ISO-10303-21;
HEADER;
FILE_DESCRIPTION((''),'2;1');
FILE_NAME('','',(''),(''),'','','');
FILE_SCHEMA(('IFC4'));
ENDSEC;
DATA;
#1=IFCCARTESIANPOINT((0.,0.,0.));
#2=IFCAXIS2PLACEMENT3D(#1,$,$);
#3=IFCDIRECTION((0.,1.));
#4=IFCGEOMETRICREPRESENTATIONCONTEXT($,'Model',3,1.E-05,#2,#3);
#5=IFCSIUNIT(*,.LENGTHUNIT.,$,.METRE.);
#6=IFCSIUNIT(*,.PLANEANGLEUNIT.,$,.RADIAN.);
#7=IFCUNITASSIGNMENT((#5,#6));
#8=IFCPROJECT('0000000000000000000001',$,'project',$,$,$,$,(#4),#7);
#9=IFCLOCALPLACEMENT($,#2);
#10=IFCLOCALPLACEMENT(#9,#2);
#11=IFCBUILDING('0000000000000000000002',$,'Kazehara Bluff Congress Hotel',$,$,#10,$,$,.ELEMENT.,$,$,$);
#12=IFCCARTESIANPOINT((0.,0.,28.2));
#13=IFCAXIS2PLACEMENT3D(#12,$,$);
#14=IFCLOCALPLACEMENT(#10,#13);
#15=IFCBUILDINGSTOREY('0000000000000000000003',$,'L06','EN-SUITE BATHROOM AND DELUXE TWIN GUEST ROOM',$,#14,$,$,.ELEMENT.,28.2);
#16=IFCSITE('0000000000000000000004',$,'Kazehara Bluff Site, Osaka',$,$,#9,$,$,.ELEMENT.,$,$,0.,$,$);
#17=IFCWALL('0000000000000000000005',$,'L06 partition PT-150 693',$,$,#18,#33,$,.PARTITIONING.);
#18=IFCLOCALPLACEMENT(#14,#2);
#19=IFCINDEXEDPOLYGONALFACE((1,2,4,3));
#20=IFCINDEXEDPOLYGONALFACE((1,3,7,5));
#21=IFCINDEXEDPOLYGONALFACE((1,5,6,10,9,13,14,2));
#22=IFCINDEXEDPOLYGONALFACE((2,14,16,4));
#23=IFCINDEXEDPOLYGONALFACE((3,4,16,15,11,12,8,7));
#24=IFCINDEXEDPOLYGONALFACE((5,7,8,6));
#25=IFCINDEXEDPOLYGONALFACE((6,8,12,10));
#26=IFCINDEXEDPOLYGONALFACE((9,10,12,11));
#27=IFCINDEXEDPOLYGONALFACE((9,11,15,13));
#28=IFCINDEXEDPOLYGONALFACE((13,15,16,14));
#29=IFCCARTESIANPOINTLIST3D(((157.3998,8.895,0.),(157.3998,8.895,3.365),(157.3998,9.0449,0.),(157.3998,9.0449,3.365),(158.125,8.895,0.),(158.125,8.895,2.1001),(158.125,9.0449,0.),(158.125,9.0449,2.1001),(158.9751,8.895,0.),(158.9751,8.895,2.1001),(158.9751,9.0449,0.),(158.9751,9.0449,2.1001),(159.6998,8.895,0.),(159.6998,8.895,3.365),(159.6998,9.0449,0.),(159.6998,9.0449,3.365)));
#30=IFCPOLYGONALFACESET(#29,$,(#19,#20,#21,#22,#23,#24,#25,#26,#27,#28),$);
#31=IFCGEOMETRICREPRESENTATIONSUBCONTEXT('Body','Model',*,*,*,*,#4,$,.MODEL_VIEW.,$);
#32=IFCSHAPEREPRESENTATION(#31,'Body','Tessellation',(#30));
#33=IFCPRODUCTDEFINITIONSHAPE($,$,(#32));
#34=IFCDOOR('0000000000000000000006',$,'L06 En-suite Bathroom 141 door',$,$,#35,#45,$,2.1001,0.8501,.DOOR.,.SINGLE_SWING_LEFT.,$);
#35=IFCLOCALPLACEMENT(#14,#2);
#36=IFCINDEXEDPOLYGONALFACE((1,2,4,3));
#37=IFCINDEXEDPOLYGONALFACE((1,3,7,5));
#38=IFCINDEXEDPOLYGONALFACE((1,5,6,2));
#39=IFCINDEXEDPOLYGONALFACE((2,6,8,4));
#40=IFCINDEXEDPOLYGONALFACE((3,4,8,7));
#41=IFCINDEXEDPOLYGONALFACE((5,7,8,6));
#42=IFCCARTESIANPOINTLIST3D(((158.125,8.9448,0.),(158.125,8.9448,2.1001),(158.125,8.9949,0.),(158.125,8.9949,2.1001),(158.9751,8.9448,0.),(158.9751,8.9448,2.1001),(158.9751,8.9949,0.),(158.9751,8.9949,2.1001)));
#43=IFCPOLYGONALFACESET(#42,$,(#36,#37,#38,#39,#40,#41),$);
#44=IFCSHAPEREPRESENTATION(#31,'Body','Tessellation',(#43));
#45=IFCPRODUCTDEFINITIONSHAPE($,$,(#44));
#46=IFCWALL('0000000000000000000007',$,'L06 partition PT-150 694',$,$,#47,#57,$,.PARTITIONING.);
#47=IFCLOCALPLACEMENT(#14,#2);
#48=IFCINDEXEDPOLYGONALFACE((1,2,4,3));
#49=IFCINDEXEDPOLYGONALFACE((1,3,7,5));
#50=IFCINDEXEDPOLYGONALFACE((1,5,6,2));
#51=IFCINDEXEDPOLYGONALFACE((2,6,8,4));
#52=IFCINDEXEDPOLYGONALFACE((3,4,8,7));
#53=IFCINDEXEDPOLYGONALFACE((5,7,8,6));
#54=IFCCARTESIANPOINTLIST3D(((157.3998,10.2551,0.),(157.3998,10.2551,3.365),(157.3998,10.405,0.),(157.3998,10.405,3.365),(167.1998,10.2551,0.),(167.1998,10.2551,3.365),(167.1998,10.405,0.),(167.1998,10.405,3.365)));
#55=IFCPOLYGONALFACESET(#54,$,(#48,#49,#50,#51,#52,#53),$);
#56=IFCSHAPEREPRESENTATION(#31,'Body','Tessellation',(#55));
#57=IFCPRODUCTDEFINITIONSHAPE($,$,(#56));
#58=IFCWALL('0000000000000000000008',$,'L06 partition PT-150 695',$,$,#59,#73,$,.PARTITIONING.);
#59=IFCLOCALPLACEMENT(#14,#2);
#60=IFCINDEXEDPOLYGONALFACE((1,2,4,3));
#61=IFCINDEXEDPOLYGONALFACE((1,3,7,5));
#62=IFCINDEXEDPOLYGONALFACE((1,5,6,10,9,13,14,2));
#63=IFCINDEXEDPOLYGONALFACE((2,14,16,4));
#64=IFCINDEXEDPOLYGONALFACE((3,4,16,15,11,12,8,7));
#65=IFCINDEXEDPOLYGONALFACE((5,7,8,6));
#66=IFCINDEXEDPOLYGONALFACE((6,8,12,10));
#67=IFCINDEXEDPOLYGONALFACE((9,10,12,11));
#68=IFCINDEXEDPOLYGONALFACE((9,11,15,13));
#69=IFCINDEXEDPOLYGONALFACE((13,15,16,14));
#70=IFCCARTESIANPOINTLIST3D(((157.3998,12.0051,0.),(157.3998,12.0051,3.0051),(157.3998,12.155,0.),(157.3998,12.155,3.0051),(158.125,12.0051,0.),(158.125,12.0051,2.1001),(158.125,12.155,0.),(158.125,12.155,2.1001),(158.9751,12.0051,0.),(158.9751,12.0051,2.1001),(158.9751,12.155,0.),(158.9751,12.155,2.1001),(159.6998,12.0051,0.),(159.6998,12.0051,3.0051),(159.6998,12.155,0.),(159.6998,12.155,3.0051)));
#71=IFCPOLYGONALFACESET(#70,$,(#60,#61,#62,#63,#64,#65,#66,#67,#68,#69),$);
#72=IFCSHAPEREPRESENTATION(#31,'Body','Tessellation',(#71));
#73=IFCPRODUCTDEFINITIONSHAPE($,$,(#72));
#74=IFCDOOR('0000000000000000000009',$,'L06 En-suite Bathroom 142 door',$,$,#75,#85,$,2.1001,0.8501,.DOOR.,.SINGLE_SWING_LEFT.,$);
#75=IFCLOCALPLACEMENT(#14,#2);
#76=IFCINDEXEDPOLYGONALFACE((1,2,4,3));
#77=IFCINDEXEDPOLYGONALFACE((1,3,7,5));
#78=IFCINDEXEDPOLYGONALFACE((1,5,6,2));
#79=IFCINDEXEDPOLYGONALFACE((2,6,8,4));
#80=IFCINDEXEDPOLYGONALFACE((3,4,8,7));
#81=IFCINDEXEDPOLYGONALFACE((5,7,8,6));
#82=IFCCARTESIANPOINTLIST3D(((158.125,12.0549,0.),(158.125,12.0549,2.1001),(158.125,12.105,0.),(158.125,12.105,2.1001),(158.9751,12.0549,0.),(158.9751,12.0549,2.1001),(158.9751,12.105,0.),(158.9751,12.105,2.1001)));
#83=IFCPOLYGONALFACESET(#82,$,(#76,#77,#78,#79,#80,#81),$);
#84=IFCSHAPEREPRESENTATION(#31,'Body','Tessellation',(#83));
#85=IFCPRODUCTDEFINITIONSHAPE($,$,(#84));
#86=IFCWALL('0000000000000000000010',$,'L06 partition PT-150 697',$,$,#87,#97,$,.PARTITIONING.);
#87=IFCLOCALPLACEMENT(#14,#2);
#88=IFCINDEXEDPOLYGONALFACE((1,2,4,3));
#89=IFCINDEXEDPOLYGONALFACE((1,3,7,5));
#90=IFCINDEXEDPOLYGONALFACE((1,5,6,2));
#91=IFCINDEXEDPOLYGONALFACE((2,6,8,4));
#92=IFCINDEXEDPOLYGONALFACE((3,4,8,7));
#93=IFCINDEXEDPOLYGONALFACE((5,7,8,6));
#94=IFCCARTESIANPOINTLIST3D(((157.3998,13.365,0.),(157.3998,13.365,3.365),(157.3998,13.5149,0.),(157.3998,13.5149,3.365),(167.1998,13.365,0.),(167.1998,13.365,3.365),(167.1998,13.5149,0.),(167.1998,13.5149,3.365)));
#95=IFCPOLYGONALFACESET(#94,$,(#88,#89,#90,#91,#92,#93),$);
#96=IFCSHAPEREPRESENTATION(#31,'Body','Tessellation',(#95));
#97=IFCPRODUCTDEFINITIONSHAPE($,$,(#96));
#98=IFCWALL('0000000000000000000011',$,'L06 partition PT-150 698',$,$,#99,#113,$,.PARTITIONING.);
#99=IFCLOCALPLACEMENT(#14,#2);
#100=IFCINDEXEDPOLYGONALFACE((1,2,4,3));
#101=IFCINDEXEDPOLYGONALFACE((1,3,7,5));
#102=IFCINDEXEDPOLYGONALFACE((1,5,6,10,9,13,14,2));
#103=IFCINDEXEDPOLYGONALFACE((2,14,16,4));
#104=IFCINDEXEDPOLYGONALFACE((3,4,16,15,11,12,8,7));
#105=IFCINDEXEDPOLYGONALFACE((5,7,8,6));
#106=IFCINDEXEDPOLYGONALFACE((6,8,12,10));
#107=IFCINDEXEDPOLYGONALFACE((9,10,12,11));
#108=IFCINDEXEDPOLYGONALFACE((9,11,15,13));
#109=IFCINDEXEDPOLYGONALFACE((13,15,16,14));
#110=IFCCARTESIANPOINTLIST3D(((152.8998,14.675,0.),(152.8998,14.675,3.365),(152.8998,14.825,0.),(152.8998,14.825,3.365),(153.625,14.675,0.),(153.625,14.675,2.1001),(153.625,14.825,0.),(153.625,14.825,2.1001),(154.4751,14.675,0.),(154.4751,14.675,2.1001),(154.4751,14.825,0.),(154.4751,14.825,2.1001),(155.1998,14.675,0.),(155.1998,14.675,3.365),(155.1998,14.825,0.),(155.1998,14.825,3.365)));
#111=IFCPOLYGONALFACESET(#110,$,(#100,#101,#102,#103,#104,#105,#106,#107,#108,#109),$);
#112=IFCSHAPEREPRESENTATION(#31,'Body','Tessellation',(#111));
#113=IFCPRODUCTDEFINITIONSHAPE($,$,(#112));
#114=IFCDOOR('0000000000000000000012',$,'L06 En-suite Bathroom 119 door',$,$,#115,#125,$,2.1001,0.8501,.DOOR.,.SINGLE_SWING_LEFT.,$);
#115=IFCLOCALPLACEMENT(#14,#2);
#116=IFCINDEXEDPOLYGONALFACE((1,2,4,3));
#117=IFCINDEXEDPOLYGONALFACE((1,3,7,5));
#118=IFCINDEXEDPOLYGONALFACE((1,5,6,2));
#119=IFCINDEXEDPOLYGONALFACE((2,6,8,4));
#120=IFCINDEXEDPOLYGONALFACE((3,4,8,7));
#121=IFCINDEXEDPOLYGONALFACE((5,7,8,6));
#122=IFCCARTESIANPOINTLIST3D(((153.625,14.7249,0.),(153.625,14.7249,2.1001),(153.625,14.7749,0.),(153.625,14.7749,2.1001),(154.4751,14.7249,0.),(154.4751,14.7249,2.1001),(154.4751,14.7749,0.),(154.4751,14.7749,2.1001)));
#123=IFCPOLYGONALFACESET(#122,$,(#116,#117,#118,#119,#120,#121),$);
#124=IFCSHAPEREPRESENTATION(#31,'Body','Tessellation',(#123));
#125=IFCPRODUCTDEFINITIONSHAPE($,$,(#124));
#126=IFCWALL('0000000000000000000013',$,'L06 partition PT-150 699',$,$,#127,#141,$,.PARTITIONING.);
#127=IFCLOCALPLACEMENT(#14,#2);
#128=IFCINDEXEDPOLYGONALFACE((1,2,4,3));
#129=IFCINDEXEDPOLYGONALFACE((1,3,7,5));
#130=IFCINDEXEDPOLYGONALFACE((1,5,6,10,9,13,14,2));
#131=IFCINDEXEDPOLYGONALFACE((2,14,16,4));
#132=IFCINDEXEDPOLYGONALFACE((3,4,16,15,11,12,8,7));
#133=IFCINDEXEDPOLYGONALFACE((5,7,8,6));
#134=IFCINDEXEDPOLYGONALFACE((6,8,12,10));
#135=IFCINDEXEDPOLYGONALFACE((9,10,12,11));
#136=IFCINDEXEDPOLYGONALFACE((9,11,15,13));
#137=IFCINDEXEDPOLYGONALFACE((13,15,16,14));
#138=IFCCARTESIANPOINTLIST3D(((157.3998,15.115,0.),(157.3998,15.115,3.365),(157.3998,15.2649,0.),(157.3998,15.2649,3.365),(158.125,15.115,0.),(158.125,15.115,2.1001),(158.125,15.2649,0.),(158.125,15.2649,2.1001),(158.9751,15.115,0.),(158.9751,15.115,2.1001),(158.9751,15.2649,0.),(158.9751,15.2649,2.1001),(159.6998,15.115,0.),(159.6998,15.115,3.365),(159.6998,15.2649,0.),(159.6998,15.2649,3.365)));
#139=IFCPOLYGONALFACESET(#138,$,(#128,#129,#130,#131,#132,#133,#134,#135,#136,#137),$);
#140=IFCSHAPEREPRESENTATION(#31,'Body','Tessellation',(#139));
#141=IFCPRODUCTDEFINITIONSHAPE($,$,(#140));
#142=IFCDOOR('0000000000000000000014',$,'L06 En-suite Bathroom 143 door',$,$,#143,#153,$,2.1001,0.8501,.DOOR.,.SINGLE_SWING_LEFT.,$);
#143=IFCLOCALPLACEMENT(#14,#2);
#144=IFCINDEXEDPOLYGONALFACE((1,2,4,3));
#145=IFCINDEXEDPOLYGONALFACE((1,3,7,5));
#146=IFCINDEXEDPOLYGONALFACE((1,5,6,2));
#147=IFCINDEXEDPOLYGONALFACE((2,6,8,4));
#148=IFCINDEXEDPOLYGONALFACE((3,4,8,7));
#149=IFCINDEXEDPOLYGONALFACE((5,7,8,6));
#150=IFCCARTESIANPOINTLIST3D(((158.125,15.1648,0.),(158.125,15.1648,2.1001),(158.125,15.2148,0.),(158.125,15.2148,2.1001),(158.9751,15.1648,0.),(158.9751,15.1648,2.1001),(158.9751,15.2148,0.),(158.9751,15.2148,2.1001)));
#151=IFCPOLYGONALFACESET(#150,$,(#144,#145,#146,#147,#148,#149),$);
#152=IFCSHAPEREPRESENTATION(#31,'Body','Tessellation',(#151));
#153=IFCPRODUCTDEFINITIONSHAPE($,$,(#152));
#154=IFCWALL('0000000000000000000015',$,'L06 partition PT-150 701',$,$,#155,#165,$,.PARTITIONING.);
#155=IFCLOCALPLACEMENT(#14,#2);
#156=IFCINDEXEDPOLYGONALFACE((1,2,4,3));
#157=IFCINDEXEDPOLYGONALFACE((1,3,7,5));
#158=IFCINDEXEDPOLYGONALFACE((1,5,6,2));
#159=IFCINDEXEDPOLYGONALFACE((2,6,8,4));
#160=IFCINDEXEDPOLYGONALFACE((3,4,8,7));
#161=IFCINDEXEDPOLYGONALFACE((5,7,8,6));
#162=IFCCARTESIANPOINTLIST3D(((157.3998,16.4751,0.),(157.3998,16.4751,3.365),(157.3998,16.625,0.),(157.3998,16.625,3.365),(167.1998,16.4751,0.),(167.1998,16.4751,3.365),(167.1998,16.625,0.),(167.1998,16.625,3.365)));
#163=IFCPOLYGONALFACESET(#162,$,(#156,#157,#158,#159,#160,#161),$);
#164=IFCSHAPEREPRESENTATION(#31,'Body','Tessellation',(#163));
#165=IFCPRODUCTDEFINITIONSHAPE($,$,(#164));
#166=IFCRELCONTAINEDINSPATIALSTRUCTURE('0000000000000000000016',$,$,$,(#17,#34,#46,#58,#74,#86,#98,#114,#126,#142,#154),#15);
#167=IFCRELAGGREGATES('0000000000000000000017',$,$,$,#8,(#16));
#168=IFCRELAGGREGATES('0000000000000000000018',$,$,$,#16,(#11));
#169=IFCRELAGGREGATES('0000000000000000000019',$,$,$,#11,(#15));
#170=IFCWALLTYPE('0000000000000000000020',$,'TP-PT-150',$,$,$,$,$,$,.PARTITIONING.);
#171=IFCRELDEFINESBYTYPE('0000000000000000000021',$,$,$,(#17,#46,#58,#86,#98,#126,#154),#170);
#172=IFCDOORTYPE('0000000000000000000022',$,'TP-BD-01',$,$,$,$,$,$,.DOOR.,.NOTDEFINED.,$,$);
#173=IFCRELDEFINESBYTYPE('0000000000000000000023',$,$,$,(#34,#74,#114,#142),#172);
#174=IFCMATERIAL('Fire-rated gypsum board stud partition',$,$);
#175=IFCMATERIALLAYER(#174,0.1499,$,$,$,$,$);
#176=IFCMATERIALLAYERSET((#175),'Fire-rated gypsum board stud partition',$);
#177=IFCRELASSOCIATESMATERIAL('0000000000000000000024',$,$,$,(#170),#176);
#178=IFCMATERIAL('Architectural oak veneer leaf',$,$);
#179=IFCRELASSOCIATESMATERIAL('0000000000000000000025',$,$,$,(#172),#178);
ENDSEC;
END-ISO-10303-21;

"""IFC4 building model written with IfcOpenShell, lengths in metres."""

from ifc_helpers import new_model, si_unit, direction, frame, frame_2d, origin, place, context, subcontext, project, spatial, rectangle, extrude, material, layer, layer_set, type_object, element, fill, save


model = new_model("IFC4")

# Units and contexts
model_context = context("Model", 3, precision=1e-05, world=origin(), true_north=direction((0.0, 1.0)))
body_context = subcontext(model_context, "Body", "Model", "MODEL_VIEW")
ifc_project = project(units=[si_unit("LENGTHUNIT", "METRE"), si_unit("PLANEANGLEUNIT", "RADIAN")], contexts=[model_context])

# Site, building, storey
site_placement = place(None, origin())
site = spatial("IfcSite", under=ifc_project, at=site_placement, Name="Kazehara Bluff Site, Osaka", CompositionType="ELEMENT", RefElevation=0.0)
building_placement = place(site_placement, origin())
building = spatial("IfcBuilding", under=site, at=building_placement, Name="Kazehara Bluff Congress Hotel", CompositionType="ELEMENT")
storey_placement = place(building_placement, frame((0.0, 0.0, 28.2)))
storey = spatial("IfcBuildingStorey", under=building, at=storey_placement, Name="L06", Description="EN-SUITE BATHROOM AND DELUXE TWIN GUEST ROOM", CompositionType="ELEMENT", Elevation=28.2)

# Wall, opening, door
ifc_material_1 = material(Name="Fire-rated gypsum board stud partition")
ifc_layer_1 = layer(ifc_material_1, 0.1499)
ifc_layer_set_1 = layer_set([ifc_layer_1], Name="Fire-rated gypsum board stud partition")
wall_type_1 = type_object("IfcWallType", Name="TP-PT-150", PredefinedType="PARTITIONING", material=ifc_layer_set_1)
wall_1_placement = place(storey_placement, frame((157.3999, 8.97, 0.0), z_axis=(0.0, 0.0, 1.0), x_axis=(1.0, 0.0, 0.0)))
wall_1 = element("IfcWall", 1, at=wall_1_placement, inside=storey, type_object=wall_type_1, Name="L06 partition PT-150 693", PredefinedType="PARTITIONING", context=body_context, shape_type="SweptSolid", body=[
    extrude(rectangle(XDim=2.3, YDim=0.1499, at=frame_2d((1.1499, 0.0))), origin(), (0.0, 0.0, 1.0), 3.365),
])
opening_1_placement = place(wall_1_placement, frame((0.7251, 0.0, 0.0)))
opening_1 = element("IfcOpeningElement", 2, at=opening_1_placement, cuts=wall_1, PredefinedType="OPENING", context=body_context, shape_type="SweptSolid", body=[
    extrude(rectangle(XDim=0.8501, YDim=2.1001, at=frame_2d((0.425, 1.05))), frame((0.0, 0.085, 0.0), z_axis=(0.0, -1.0, 0.0), x_axis=(1.0, 0.0, 0.0)), (0.0, 0.0, 1.0), 0.1699),
])
ifc_material_2 = material(Name="Architectural oak veneer leaf")
door_type = type_object("IfcDoorType", Name="TP-BD-01", OperationType="NOTDEFINED", PredefinedType="DOOR", material=ifc_material_2)
door_1_placement = place(opening_1_placement, origin())
door_1 = element("IfcDoor", 3, at=door_1_placement, inside=storey, type_object=door_type, Name="L06 En-suite Bathroom 141 door", OperationType="SINGLE_SWING_LEFT", OverallHeight=2.1001, OverallWidth=0.8501, PredefinedType="DOOR", context=body_context, shape_type="SweptSolid", body=[
    extrude(rectangle(XDim=0.8501, YDim=2.1001, at=frame_2d((0.425, 1.05))), frame((0.0, 0.0249, 0.0), z_axis=(0.0, -1.0, 0.0), x_axis=(1.0, 0.0, 0.0)), (0.0, 0.0, 1.0), 0.05),
])
fill(opening_1, door_1)

# Wall
wall_2_placement = place(storey_placement, frame((157.3999, 10.3301, 0.0), z_axis=(0.0, 0.0, 1.0), x_axis=(1.0, 0.0, 0.0)))
element("IfcWall", 4, at=wall_2_placement, inside=storey, type_object=wall_type_1, Name="L06 partition PT-150 694", PredefinedType="PARTITIONING", context=body_context, shape_type="SweptSolid", body=[
    extrude(rectangle(XDim=9.8, YDim=0.1499, at=frame_2d((4.8999, 0.0))), origin(), (0.0, 0.0, 1.0), 3.365),
])

# Wall, opening, door
wall_3_placement = place(storey_placement, frame((157.3999, 12.0801, 0.0), z_axis=(0.0, 0.0, 1.0), x_axis=(1.0, 0.0, 0.0)))
wall_3 = element("IfcWall", 5, at=wall_3_placement, inside=storey, type_object=wall_type_1, Name="L06 partition PT-150 695", PredefinedType="PARTITIONING", context=body_context, shape_type="SweptSolid", body=[
    extrude(rectangle(XDim=2.3, YDim=0.1499, at=frame_2d((1.1499, 0.0))), origin(), (0.0, 0.0, 1.0), 3.0051),
])
opening_2_placement = place(wall_3_placement, frame((0.7251, 0.0, 0.0)))
opening_2 = element("IfcOpeningElement", 6, at=opening_2_placement, cuts=wall_3, PredefinedType="OPENING", context=body_context, shape_type="SweptSolid", body=[
    extrude(rectangle(XDim=0.8501, YDim=2.1001, at=frame_2d((0.425, 1.05))), frame((0.0, 0.085, 0.0), z_axis=(0.0, -1.0, 0.0), x_axis=(1.0, 0.0, 0.0)), (0.0, 0.0, 1.0), 0.1699),
])
door_2_placement = place(opening_2_placement, origin())
door_2 = element("IfcDoor", 7, at=door_2_placement, inside=storey, type_object=door_type, Name="L06 En-suite Bathroom 142 door", OperationType="SINGLE_SWING_LEFT", OverallHeight=2.1001, OverallWidth=0.8501, PredefinedType="DOOR", context=body_context, shape_type="SweptSolid", body=[
    extrude(rectangle(XDim=0.8501, YDim=2.1001, at=frame_2d((0.425, 1.05))), frame((0.0, 0.0249, 0.0), z_axis=(0.0, -1.0, 0.0), x_axis=(1.0, 0.0, 0.0)), (0.0, 0.0, 1.0), 0.05),
])
fill(opening_2, door_2)

# Wall
wall_4_placement = place(storey_placement, frame((157.3999, 13.4399, 0.0), z_axis=(0.0, 0.0, 1.0), x_axis=(1.0, 0.0, 0.0)))
element("IfcWall", 8, at=wall_4_placement, inside=storey, type_object=wall_type_1, Name="L06 partition PT-150 697", PredefinedType="PARTITIONING", context=body_context, shape_type="SweptSolid", body=[
    extrude(rectangle(XDim=9.8, YDim=0.1499, at=frame_2d((4.8999, 0.0))), origin(), (0.0, 0.0, 1.0), 3.365),
])

# Walls, openings, doors
wall_5_placement = place(storey_placement, frame((152.8999, 14.75, 0.0), z_axis=(0.0, 0.0, 1.0), x_axis=(1.0, 0.0, 0.0)))
wall_5 = element("IfcWall", 9, at=wall_5_placement, inside=storey, type_object=wall_type_1, Name="L06 partition PT-150 698", PredefinedType="PARTITIONING", context=body_context, shape_type="SweptSolid", body=[
    extrude(rectangle(XDim=2.3, YDim=0.1499, at=frame_2d((1.1499, 0.0))), origin(), (0.0, 0.0, 1.0), 3.365),
])
opening_3_placement = place(wall_5_placement, frame((0.7251, 0.0, 0.0)))
opening_3 = element("IfcOpeningElement", 10, at=opening_3_placement, cuts=wall_5, PredefinedType="OPENING", context=body_context, shape_type="SweptSolid", body=[
    extrude(rectangle(XDim=0.8501, YDim=2.1001, at=frame_2d((0.425, 1.05))), frame((0.0, 0.085, 0.0), z_axis=(0.0, -1.0, 0.0), x_axis=(1.0, 0.0, 0.0)), (0.0, 0.0, 1.0), 0.1699),
])
door_3_placement = place(opening_3_placement, origin())
door_3 = element("IfcDoor", 11, at=door_3_placement, inside=storey, type_object=door_type, Name="L06 En-suite Bathroom 119 door", OperationType="SINGLE_SWING_LEFT", OverallHeight=2.1001, OverallWidth=0.8501, PredefinedType="DOOR", context=body_context, shape_type="SweptSolid", body=[
    extrude(rectangle(XDim=0.8501, YDim=2.1001, at=frame_2d((0.425, 1.05))), frame((0.0, 0.0249, 0.0), z_axis=(0.0, -1.0, 0.0), x_axis=(1.0, 0.0, 0.0)), (0.0, 0.0, 1.0), 0.05),
])
fill(opening_3, door_3)
wall_6_placement = place(storey_placement, frame((157.3999, 15.1899, 0.0), z_axis=(0.0, 0.0, 1.0), x_axis=(1.0, 0.0, 0.0)))
wall_6 = element("IfcWall", 12, at=wall_6_placement, inside=storey, type_object=wall_type_1, Name="L06 partition PT-150 699", PredefinedType="PARTITIONING", context=body_context, shape_type="SweptSolid", body=[
    extrude(rectangle(XDim=2.3, YDim=0.1499, at=frame_2d((1.1499, 0.0))), origin(), (0.0, 0.0, 1.0), 3.365),
])
opening_4_placement = place(wall_6_placement, frame((0.7251, 0.0, 0.0)))
opening_4 = element("IfcOpeningElement", 13, at=opening_4_placement, cuts=wall_6, PredefinedType="OPENING", context=body_context, shape_type="SweptSolid", body=[
    extrude(rectangle(XDim=0.8501, YDim=2.1001, at=frame_2d((0.425, 1.05))), frame((0.0, 0.085, 0.0), z_axis=(0.0, -1.0, 0.0), x_axis=(1.0, 0.0, 0.0)), (0.0, 0.0, 1.0), 0.1699),
])
door_4_placement = place(opening_4_placement, origin())
door_4 = element("IfcDoor", 14, at=door_4_placement, inside=storey, type_object=door_type, Name="L06 En-suite Bathroom 143 door", OperationType="SINGLE_SWING_LEFT", OverallHeight=2.1001, OverallWidth=0.8501, PredefinedType="DOOR", context=body_context, shape_type="SweptSolid", body=[
    extrude(rectangle(XDim=0.8501, YDim=2.1001, at=frame_2d((0.425, 1.05))), frame((0.0, 0.0249, 0.0), z_axis=(0.0, -1.0, 0.0), x_axis=(1.0, 0.0, 0.0)), (0.0, 0.0, 1.0), 0.05),
])
fill(opening_4, door_4)

# Wall
wall_7_placement = place(storey_placement, frame((157.3999, 16.55, 0.0), z_axis=(0.0, 0.0, 1.0), x_axis=(1.0, 0.0, 0.0)))
element("IfcWall", 15, at=wall_7_placement, inside=storey, type_object=wall_type_1, Name="L06 partition PT-150 701", PredefinedType="PARTITIONING", context=body_context, shape_type="SweptSolid", body=[
    extrude(rectangle(XDim=9.8, YDim=0.1499, at=frame_2d((4.8999, 0.0))), origin(), (0.0, 0.0, 1.0), 3.365),
])

save(model, "model.ifc")
